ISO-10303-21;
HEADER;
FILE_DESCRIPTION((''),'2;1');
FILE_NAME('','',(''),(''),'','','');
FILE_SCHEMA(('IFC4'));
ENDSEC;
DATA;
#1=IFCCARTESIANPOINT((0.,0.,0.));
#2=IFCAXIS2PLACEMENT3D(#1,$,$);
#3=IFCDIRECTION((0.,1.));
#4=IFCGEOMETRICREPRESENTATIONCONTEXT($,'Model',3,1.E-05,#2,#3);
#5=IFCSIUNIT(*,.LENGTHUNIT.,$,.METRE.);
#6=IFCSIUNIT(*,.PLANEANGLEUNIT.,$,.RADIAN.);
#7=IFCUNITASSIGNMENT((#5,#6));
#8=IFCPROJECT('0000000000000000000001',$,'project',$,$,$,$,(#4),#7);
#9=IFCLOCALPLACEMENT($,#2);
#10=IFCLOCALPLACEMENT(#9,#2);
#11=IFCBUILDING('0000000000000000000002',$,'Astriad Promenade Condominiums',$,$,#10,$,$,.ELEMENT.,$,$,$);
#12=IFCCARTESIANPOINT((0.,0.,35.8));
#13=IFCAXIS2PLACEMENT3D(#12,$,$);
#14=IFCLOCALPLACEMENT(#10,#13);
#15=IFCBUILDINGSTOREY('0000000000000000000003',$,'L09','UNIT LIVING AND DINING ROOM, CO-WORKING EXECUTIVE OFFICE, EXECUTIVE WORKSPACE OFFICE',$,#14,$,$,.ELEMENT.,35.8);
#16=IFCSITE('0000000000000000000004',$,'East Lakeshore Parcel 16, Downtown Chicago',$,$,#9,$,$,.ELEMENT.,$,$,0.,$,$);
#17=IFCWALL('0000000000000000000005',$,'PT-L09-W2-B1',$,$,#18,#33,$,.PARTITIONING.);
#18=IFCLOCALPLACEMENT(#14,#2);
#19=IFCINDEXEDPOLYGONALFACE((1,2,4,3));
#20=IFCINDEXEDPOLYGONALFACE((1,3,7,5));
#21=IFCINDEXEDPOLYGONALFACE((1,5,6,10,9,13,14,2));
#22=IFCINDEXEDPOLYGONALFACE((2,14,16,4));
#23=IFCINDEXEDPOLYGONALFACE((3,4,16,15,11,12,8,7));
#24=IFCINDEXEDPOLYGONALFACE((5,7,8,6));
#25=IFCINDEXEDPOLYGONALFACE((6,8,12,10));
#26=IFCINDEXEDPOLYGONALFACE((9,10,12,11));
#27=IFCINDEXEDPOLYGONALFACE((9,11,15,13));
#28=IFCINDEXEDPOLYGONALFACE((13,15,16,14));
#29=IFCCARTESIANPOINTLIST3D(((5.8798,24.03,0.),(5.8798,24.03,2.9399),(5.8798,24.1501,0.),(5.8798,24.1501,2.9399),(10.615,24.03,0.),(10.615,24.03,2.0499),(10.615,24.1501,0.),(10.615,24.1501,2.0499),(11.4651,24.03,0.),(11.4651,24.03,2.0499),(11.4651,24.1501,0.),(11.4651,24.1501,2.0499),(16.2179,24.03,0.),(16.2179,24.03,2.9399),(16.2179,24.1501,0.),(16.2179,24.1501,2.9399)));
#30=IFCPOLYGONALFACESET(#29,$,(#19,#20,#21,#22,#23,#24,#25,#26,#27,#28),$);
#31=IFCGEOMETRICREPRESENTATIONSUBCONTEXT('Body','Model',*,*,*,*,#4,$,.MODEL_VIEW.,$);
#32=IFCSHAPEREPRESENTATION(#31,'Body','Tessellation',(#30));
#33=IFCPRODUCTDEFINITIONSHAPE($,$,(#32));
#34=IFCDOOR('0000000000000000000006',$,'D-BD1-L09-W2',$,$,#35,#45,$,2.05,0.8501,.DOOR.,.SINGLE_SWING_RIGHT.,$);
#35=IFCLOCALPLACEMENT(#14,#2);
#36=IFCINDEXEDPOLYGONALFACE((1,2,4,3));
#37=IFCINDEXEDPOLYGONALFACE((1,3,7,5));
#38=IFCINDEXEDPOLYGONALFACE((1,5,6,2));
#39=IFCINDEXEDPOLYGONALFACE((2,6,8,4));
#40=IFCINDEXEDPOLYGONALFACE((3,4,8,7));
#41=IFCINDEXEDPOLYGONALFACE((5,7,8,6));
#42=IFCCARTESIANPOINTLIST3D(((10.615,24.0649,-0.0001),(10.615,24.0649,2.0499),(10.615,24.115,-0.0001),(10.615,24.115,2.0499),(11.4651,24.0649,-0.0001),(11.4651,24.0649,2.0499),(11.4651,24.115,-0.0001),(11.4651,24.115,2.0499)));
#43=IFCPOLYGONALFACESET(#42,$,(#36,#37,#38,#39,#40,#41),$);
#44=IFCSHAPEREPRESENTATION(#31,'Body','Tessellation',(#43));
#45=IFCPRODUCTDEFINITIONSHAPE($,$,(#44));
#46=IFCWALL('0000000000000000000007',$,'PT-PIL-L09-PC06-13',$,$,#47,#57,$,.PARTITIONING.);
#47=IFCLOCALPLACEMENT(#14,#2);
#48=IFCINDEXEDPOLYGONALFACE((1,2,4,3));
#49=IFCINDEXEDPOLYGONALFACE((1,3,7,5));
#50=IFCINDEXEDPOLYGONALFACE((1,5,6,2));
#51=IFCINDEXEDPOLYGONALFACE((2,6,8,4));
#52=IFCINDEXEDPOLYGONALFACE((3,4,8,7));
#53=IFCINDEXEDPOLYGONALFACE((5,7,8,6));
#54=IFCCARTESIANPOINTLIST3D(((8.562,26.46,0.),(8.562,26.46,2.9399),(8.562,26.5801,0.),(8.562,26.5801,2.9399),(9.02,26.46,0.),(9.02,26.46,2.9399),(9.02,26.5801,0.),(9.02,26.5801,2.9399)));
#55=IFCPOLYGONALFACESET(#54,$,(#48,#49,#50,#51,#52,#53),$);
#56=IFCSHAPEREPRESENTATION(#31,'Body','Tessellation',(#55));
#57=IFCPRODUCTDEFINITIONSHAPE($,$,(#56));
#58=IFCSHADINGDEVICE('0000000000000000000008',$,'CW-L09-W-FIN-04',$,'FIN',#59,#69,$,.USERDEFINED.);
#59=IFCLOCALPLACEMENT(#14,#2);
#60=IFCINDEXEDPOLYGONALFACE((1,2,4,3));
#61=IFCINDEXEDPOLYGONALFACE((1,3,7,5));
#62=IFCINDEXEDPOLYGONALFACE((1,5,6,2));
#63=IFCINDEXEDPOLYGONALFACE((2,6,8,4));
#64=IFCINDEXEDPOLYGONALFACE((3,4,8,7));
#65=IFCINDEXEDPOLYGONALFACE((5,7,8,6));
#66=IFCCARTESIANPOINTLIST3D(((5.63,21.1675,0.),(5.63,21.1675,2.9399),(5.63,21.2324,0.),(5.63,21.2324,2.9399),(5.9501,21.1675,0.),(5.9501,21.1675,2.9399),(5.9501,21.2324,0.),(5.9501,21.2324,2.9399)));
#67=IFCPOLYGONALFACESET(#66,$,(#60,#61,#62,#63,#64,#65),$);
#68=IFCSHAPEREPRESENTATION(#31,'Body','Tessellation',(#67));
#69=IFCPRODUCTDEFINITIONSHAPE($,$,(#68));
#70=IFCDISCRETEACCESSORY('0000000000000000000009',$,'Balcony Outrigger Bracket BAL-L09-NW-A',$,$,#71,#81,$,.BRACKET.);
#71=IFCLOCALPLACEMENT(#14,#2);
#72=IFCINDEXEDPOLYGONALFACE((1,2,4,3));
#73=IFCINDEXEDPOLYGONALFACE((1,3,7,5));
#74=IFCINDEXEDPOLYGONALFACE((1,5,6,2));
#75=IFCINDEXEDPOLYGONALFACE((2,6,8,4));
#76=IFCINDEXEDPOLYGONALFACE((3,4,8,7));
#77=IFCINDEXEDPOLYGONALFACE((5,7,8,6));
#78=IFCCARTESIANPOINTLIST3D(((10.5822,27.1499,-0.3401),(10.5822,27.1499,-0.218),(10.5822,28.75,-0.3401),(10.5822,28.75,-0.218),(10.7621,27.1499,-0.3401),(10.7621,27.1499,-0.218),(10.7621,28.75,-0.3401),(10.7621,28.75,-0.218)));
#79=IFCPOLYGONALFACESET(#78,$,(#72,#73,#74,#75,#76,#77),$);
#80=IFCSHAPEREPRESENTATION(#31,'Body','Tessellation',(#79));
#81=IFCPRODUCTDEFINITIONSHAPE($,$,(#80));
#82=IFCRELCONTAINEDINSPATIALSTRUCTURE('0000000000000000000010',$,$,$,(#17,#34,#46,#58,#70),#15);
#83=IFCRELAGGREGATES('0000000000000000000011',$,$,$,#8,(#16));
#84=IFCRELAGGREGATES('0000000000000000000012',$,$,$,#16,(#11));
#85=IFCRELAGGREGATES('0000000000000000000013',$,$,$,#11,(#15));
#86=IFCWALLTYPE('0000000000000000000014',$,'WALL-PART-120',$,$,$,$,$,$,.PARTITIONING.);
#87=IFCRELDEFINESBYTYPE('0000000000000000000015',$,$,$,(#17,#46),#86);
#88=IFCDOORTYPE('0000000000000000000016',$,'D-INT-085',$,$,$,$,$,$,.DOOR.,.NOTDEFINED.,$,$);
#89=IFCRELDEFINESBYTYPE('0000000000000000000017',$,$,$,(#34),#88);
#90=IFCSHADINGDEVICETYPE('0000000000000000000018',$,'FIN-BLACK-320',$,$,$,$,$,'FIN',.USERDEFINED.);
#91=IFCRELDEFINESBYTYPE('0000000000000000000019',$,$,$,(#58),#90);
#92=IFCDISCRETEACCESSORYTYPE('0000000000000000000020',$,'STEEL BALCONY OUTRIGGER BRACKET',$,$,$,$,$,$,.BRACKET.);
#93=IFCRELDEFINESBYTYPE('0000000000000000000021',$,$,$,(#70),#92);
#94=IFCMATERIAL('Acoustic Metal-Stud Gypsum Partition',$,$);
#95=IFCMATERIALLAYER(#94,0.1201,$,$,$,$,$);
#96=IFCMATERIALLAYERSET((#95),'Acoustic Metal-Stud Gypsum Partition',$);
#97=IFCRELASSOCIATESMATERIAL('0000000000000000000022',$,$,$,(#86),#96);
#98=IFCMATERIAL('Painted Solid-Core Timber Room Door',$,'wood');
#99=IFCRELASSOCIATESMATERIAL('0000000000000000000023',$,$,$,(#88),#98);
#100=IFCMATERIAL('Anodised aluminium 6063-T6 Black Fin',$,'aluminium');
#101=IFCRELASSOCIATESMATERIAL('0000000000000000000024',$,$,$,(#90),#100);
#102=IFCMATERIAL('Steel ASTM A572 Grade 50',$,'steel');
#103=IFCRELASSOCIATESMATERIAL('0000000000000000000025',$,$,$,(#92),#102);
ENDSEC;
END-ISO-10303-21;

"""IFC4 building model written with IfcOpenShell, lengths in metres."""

from ifc_helpers import new_model, si_unit, direction, frame, frame_2d, origin, origin_2d, place, context, subcontext, project, spatial, rectangle, extrude, source, transform, mapped, material, layer, layer_set, type_object, type_shapes, element, fill, save


model = new_model("IFC4")

# Units and contexts
model_context = context("Model", 3, precision=1e-05, world=origin(), true_north=direction((0.0, 1.0)))
body_context = subcontext(model_context, "Body", "Model", "MODEL_VIEW")
ifc_project = project(units=[si_unit("LENGTHUNIT", "METRE"), si_unit("PLANEANGLEUNIT", "RADIAN")], contexts=[model_context])

# Site, building, storey
site_placement = place(None, origin())
site = spatial("IfcSite", under=ifc_project, at=site_placement, Name="East Lakeshore Parcel 16, Downtown Chicago", CompositionType="ELEMENT", RefElevation=0.0)
building_placement = place(site_placement, origin())
building = spatial("IfcBuilding", under=site, at=building_placement, Name="Astriad Promenade Condominiums", CompositionType="ELEMENT")
storey_placement = place(building_placement, frame((0.0, 0.0, 35.8)))
storey = spatial("IfcBuildingStorey", under=building, at=storey_placement, Name="L09", Description="UNIT LIVING AND DINING ROOM, CO-WORKING EXECUTIVE OFFICE, EXECUTIVE WORKSPACE OFFICE", CompositionType="ELEMENT", Elevation=35.8)

# Shared definitions
ifc_material_1 = material(Name="Acoustic Metal-Stud Gypsum Partition")
ifc_layer_1 = layer(ifc_material_1, 0.1201)
ifc_layer_set_1 = layer_set([ifc_layer_1], Name="Acoustic Metal-Stud Gypsum Partition")
wall_type_1 = type_object("IfcWallType", Name="WALL-PART-120", PredefinedType="PARTITIONING", material=ifc_layer_set_1)
ifc_material_2 = material(Name="Painted Solid-Core Timber Room Door", Category="wood")
door_type_1 = type_object("IfcDoorType", Name="D-INT-085", OperationType="NOTDEFINED", PredefinedType="DOOR", material=ifc_material_2)
shared_shape_1 = source(origin(), body_context, "Body", "SweptSolid", [
    extrude(rectangle(XDim=0.8501, YDim=2.05, at=frame_2d((0.425, 1.0249))), frame((0.0, 0.0249, 0.0), z_axis=(0.0, -1.0, 0.0), x_axis=(1.0, 0.0, 0.0)), (0.0, 0.0, 1.0), 0.05),
])
type_shapes(door_type_1, [shared_shape_1])

# Wall, opening, door
wall_1_placement = place(storey_placement, frame((5.8799, 24.0901, 0.0), z_axis=(0.0, 0.0, 1.0), x_axis=(1.0, 0.0, 0.0)))
wall_1 = element("IfcWall", 1, at=wall_1_placement, inside=storey, type_object=wall_type_1, Name="PT-L09-W2-B1", PredefinedType="PARTITIONING", context=body_context, shape_type="SweptSolid", body=[
    extrude(rectangle(XDim=10.3381, YDim=0.1201, at=frame_2d((5.1689, 0.0))), origin(), (0.0, 0.0, 1.0), 2.9399),
])
opening_1_placement = place(wall_1_placement, frame((4.7351, 0.0, 0.0)))
opening_1 = element("IfcOpeningElement", 2, at=opening_1_placement, cuts=wall_1, PredefinedType="OPENING", context=body_context, shape_type="SweptSolid", body=[
    extrude(rectangle(XDim=0.8501, YDim=2.05, at=frame_2d((0.425, 1.0249))), frame((0.0, 0.0701, 0.0), z_axis=(0.0, -1.0, 0.0), x_axis=(1.0, 0.0, 0.0)), (0.0, 0.0, 1.0), 0.1401),
])
door_1_placement = place(opening_1_placement, origin())
door_1 = element("IfcDoor", 3, at=door_1_placement, inside=storey, type_object=door_type_1, Name="D-BD1-L09-W2", OperationType="SINGLE_SWING_RIGHT", OverallHeight=2.05, OverallWidth=0.8501, PredefinedType="DOOR", context=body_context, shape_type="MappedRepresentation", body=[
    mapped(shared_shape_1, transform((0.0, 0.0, 0.0), scale=1.0)),
])
fill(opening_1, door_1)

# Wall
wall_2_placement = place(storey_placement, frame((9.02, 26.52, 0.0), z_axis=(0.0, 0.0, 1.0), x_axis=(-1.0, 0.0, 0.0)))
element("IfcWall", 4, at=wall_2_placement, inside=storey, type_object=wall_type_1, Name="PT-PIL-L09-PC06-13", PredefinedType="PARTITIONING", context=body_context, shape_type="SweptSolid", body=[
    extrude(rectangle(XDim=0.458, YDim=0.1201, at=frame_2d((0.229, 0.0))), origin(), (0.0, 0.0, 1.0), 2.9399),
])

# Shading device
ifc_material_3 = material(Name="Anodised aluminium 6063-T6 Black Fin", Category="aluminium")
shading_device_type = type_object("IfcShadingDeviceType", Name="FIN-BLACK-320", ElementType="FIN", PredefinedType="USERDEFINED", material=ifc_material_3)
shared_shape_2 = source(origin(), body_context, "Body", "SweptSolid", [
    extrude(rectangle(XDim=0.0649, YDim=0.3201, at=origin_2d()), origin(), (0.0, 0.0, 1.0), 2.9399),
])
type_shapes(shading_device_type, [shared_shape_2])
shading_device_placement = place(storey_placement, frame((5.79, 21.2, 0.0), z_axis=(0.0, 0.0, 1.0), x_axis=(0.0, 1.0, 0.0)))
element("IfcShadingDevice", 5, at=shading_device_placement, inside=storey, type_object=shading_device_type, Name="CW-L09-W-FIN-04", ObjectType="FIN", PredefinedType="USERDEFINED", context=body_context, shape_type="MappedRepresentation", body=[
    mapped(shared_shape_2, transform((0.0, 0.0, 0.0), scale=1.0)),
])

# Discrete accessory
ifc_material_4 = material(Name="Steel ASTM A572 Grade 50", Category="steel")
discrete_accessory_type = type_object("IfcDiscreteAccessoryType", Name="STEEL BALCONY OUTRIGGER BRACKET", PredefinedType="BRACKET", material=ifc_material_4)
shared_shape_3 = source(origin(), body_context, "Body", "SweptSolid", [
    extrude(rectangle(XDim=1.6001, YDim=0.1799, at=origin_2d()), origin(), (0.0, 0.0, 1.0), 0.1221),
])
type_shapes(discrete_accessory_type, [shared_shape_3])
discrete_accessory_placement = place(storey_placement, frame((10.6721, 27.95, -0.3401), z_axis=(0.0, 0.0, 1.0), x_axis=(0.0, 1.0, 0.0)))
element("IfcDiscreteAccessory", 6, at=discrete_accessory_placement, inside=storey, type_object=discrete_accessory_type, Name="Balcony Outrigger Bracket BAL-L09-NW-A", PredefinedType="BRACKET", context=body_context, shape_type="MappedRepresentation", body=[
    mapped(shared_shape_3, transform((0.0, 0.0, 0.0), scale=1.0)),
])

save(model, "model.ifc")
